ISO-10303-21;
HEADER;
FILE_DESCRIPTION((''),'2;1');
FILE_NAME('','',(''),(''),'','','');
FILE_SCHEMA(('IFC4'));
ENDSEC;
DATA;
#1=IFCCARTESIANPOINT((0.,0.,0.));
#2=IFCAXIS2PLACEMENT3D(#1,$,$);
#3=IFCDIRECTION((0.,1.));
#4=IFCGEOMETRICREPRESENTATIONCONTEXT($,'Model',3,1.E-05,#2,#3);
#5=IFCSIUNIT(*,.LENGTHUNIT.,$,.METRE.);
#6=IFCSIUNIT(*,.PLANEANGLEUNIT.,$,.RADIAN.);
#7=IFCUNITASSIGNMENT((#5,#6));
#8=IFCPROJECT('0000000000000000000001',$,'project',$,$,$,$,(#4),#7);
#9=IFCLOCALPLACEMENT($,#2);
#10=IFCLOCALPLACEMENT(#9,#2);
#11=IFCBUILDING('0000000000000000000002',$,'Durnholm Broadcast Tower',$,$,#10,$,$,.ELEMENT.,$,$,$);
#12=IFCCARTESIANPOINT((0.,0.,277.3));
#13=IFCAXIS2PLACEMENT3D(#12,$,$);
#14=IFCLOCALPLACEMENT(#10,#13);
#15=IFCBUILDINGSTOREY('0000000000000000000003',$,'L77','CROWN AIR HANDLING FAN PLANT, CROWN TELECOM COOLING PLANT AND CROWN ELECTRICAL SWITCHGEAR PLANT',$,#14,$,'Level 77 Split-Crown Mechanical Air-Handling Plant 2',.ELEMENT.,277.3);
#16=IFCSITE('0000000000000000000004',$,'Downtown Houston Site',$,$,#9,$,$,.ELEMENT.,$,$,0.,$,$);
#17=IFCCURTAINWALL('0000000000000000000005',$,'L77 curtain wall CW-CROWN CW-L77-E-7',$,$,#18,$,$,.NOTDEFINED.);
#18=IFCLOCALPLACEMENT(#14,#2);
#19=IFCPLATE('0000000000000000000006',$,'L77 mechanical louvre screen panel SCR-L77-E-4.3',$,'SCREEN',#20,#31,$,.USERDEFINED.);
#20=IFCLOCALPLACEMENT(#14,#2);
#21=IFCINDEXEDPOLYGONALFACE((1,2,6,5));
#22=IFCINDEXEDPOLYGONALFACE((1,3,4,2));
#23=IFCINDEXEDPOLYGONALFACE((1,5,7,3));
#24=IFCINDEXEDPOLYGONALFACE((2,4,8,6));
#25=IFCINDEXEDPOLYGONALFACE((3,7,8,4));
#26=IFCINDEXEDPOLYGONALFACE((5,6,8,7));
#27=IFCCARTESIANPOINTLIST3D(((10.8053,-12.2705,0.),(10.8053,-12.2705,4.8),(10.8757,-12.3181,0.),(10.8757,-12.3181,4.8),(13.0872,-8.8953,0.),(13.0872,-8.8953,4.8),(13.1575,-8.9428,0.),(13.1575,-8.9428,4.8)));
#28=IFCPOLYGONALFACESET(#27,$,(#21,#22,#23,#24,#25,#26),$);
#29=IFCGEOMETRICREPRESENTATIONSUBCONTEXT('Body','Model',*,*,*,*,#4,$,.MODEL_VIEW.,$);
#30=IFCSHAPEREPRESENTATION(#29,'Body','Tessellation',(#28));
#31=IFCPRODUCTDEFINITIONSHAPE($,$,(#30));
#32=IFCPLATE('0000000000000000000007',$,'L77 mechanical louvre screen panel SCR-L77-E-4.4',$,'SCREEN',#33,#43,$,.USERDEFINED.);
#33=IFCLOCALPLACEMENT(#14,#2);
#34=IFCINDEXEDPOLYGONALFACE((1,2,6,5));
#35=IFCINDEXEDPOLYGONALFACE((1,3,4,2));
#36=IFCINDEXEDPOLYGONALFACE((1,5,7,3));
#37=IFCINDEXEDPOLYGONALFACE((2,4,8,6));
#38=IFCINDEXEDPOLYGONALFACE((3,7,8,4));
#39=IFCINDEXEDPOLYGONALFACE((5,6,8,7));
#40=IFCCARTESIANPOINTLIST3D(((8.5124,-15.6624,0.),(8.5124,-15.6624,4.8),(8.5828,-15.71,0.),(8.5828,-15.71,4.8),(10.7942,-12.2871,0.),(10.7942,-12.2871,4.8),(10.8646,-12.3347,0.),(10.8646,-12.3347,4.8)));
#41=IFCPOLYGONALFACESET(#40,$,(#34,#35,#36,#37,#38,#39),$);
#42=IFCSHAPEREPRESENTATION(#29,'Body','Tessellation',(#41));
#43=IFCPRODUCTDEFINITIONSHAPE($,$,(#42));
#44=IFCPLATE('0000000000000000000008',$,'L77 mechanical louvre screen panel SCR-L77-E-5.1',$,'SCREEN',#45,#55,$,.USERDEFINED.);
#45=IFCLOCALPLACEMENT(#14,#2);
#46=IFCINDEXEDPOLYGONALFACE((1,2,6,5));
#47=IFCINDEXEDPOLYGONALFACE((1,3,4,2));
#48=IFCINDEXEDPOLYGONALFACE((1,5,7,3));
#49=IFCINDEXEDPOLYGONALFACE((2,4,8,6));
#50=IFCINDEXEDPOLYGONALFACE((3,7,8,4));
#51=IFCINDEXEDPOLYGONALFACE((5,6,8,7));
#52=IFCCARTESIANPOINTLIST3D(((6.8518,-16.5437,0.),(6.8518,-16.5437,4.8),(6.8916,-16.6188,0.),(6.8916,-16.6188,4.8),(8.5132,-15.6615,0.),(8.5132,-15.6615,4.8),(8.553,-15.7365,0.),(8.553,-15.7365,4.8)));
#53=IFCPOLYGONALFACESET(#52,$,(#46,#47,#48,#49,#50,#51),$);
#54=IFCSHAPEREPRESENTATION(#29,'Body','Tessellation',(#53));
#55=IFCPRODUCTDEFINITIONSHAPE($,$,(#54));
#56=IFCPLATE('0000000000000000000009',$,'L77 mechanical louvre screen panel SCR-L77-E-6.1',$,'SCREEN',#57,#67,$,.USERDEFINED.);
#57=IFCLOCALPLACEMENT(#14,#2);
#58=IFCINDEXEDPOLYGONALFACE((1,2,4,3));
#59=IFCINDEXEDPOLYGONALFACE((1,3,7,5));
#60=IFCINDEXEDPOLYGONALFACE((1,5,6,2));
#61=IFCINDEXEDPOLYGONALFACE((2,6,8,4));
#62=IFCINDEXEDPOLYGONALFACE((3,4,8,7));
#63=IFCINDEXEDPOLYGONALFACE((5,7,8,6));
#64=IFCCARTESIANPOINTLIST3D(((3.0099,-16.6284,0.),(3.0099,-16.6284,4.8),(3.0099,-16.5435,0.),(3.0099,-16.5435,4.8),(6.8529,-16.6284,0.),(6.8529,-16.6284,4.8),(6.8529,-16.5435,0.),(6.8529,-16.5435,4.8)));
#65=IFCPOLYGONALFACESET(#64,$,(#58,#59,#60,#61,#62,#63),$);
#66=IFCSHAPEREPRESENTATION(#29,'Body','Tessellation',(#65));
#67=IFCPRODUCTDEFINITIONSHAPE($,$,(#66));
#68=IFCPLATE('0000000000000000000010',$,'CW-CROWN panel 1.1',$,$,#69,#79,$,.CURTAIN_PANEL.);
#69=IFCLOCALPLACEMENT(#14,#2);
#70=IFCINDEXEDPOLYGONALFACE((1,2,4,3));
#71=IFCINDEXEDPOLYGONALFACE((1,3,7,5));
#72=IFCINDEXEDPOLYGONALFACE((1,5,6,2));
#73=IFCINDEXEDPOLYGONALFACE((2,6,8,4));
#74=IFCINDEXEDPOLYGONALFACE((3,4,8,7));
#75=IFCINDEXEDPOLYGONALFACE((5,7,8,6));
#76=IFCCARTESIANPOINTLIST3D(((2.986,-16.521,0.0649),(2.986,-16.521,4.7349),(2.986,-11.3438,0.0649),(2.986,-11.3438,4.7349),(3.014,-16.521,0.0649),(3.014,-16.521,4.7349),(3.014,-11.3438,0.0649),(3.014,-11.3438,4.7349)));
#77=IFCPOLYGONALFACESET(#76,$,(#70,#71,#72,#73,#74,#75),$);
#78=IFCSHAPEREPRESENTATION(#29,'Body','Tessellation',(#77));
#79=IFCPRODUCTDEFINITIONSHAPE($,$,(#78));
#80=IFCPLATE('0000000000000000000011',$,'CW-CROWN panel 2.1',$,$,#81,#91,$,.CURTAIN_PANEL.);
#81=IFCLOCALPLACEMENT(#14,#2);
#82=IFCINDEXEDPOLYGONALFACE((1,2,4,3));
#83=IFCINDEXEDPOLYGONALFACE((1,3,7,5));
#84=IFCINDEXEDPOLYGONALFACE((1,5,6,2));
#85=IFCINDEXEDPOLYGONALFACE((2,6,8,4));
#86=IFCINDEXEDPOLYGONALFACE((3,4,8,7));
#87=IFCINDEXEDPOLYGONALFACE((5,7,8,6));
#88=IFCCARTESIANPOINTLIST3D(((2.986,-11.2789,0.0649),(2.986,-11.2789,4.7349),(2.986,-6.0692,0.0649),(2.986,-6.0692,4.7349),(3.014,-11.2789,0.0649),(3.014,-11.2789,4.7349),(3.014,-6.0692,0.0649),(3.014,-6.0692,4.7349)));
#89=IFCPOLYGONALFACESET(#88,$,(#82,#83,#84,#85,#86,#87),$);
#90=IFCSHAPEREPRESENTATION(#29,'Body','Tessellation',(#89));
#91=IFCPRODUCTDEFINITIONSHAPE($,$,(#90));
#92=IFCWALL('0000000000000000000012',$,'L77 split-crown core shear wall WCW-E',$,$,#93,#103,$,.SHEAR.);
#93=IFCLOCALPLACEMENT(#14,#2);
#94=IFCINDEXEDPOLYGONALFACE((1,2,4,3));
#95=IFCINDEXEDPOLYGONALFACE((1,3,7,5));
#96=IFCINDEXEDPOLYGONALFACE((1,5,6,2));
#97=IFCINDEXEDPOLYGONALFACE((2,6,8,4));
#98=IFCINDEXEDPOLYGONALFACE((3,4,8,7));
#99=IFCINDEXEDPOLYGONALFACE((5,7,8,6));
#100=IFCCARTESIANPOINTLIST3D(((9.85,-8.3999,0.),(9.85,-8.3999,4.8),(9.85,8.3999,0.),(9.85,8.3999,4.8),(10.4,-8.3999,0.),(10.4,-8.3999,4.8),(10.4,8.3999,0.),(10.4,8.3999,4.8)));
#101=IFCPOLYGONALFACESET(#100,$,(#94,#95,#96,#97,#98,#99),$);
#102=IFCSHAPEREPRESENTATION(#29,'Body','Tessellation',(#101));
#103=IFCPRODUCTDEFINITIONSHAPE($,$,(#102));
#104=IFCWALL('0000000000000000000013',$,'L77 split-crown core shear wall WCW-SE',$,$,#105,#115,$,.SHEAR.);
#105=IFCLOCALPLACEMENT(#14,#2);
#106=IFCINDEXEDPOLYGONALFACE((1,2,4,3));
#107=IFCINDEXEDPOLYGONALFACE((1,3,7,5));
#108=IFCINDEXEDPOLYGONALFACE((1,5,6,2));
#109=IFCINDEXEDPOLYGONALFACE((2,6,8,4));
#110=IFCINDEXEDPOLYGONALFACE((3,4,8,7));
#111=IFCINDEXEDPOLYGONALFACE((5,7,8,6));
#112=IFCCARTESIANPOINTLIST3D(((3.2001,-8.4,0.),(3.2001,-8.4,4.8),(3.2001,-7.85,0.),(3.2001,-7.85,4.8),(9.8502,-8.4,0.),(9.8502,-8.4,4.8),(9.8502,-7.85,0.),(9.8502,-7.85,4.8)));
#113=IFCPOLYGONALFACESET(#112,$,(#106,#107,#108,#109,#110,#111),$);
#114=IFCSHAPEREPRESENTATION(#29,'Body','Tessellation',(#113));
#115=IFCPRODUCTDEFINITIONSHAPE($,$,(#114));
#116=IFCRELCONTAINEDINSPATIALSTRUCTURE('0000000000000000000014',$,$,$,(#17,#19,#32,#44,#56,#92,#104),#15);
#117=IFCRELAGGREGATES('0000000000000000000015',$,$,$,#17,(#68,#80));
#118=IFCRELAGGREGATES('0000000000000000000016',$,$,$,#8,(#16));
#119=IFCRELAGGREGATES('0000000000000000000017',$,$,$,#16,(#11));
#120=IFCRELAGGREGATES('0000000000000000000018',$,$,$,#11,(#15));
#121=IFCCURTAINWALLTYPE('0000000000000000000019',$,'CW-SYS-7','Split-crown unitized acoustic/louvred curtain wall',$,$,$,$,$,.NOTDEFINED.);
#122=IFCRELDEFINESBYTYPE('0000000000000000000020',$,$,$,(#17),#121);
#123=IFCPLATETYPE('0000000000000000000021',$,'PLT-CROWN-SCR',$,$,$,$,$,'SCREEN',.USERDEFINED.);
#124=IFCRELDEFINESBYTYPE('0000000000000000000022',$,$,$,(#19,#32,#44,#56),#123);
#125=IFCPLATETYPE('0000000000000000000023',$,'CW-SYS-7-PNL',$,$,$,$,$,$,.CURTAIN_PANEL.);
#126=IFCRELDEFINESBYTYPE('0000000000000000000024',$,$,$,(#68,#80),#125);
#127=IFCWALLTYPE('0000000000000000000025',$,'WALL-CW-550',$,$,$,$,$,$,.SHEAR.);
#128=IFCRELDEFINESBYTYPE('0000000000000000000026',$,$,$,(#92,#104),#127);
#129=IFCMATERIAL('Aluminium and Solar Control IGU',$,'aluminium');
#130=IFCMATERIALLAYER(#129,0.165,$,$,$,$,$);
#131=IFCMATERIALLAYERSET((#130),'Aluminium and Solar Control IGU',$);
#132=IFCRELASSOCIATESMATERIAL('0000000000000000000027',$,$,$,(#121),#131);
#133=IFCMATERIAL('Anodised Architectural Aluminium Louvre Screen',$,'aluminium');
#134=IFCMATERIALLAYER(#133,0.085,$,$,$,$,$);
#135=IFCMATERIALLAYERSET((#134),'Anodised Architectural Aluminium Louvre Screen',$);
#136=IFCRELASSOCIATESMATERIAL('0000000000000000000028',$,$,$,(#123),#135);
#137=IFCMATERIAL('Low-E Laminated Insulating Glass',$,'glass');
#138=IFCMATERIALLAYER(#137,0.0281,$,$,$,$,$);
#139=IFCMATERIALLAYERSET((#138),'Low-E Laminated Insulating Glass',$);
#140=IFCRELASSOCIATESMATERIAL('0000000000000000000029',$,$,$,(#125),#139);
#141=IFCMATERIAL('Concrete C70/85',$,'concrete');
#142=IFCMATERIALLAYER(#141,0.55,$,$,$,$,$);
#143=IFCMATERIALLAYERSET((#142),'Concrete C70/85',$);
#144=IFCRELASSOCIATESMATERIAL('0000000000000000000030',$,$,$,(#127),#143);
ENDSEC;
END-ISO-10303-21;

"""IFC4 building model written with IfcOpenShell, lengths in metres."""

from ifc_helpers import new_model, si_unit, direction, frame, frame_2d, origin, origin_2d, place, context, subcontext, project, spatial, rectangle, extrude, source, transform, mapped, material, layer, layer_set, type_object, type_shapes, element, aggregate, save


model = new_model("IFC4")

# Units and contexts
model_context = context("Model", 3, precision=1e-05, world=origin(), true_north=direction((0.0, 1.0)))
body_context = subcontext(model_context, "Body", "Model", "MODEL_VIEW")
ifc_project = project(units=[si_unit("LENGTHUNIT", "METRE"), si_unit("PLANEANGLEUNIT", "RADIAN")], contexts=[model_context])

# Site, building, storey
site_placement = place(None, origin())
site = spatial("IfcSite", under=ifc_project, at=site_placement, Name="Downtown Houston Site", CompositionType="ELEMENT", RefElevation=0.0)
building_placement = place(site_placement, origin())
building = spatial("IfcBuilding", under=site, at=building_placement, Name="Durnholm Broadcast Tower", CompositionType="ELEMENT")
storey_placement = place(building_placement, frame((0.0, 0.0, 277.3)))
storey = spatial("IfcBuildingStorey", under=building, at=storey_placement, Name="L77", Description="CROWN AIR HANDLING FAN PLANT, CROWN TELECOM COOLING PLANT AND CROWN ELECTRICAL SWITCHGEAR PLANT", LongName="Level 77 Split-Crown Mechanical Air-Handling Plant 2", CompositionType="ELEMENT", Elevation=277.3)

# Curtain wall
ifc_material_1 = material(Name="Aluminium and Solar Control IGU", Category="aluminium")
ifc_layer_1 = layer(ifc_material_1, 0.165)
ifc_layer_set_1 = layer_set([ifc_layer_1], Name="Aluminium and Solar Control IGU")
curtain_wall_type = type_object("IfcCurtainWallType", Name="CW-SYS-7", Description="Split-crown unitized acoustic/louvred curtain wall", PredefinedType="NOTDEFINED", material=ifc_layer_set_1)
curtain_wall_placement = place(storey_placement, origin())
curtain_wall = element("IfcCurtainWall", 1, at=curtain_wall_placement, inside=storey, type_object=curtain_wall_type, Name="L77 curtain wall CW-CROWN CW-L77-E-7", PredefinedType="NOTDEFINED")

# Plates
ifc_material_2 = material(Name="Anodised Architectural Aluminium Louvre Screen", Category="aluminium")
ifc_layer_2 = layer(ifc_material_2, 0.085)
ifc_layer_set_2 = layer_set([ifc_layer_2], Name="Anodised Architectural Aluminium Louvre Screen")
plate_type_1 = type_object("IfcPlateType", Name="PLT-CROWN-SCR", ElementType="SCREEN", PredefinedType="USERDEFINED", material=ifc_layer_set_2)
shared_shape_1 = source(origin(), body_context, "Body", "SweptSolid", [
    extrude(rectangle(XDim=4.0742, YDim=0.085, at=origin_2d()), origin(), (0.0, 0.0, 1.0), 4.8),
])
for number, where, z_axis, x_axis, name in (
    (2, (11.9814, -10.6067, 0.0), (0.0, 0.0, 1.0), (-0.560061, -0.828452, 0.0), "L77 mechanical louvre screen panel SCR-L77-E-4.3"),
    (3, (9.6885, -13.9985, 0.0), (0.0, 0.0, 1.0), (-0.560061, -0.828452, 0.0), "L77 mechanical louvre screen panel SCR-L77-E-4.4"),
):
    element("IfcPlate", number, at=place(storey_placement, frame(where, z_axis=z_axis, x_axis=x_axis)), inside=storey, type_object=plate_type_1, Name=name, ObjectType="SCREEN", PredefinedType="USERDEFINED", context=body_context, shape_type="MappedRepresentation", body=[
        mapped(shared_shape_1, transform((0.0, 0.0, 0.0), x_axis=(1.0, 0.0, 0.0), y_axis=(0.0, 1.0, 0.0), z_axis=(0.0, 0.0, 1.0), scale=1.0)),
    ])
shared_shape_2 = source(origin(), body_context, "Body", "SweptSolid", [
    extrude(rectangle(XDim=1.8811, YDim=0.085, at=origin_2d()), origin(), (0.0, 0.0, 1.0), 4.8),
])
plate_1_placement = place(storey_placement, frame((7.7024, -16.1401, 0.0), z_axis=(0.0, 0.0, 1.0), x_axis=(-0.883193, -0.469009, 0.0)))
element("IfcPlate", 4, at=plate_1_placement, inside=storey, type_object=plate_type_1, Name="L77 mechanical louvre screen panel SCR-L77-E-5.1", ObjectType="SCREEN", PredefinedType="USERDEFINED", context=body_context, shape_type="MappedRepresentation", body=[
    mapped(shared_shape_2, transform((0.0, 0.0, 0.0), x_axis=(1.0, 0.0, 0.0), y_axis=(0.0, 1.0, 0.0), z_axis=(0.0, 0.0, 1.0), scale=1.0)),
])
shared_shape_3 = source(origin(), body_context, "Body", "SweptSolid", [
    extrude(rectangle(XDim=3.843, YDim=0.085, at=origin_2d()), origin(), (0.0, 0.0, 1.0), 4.8),
])
type_shapes(plate_type_1, [shared_shape_1, shared_shape_2, shared_shape_3])
plate_2_placement = place(storey_placement, frame((4.9314, -16.5859, 0.0), z_axis=(0.0, 0.0, 1.0), x_axis=(-1.0, 0.0, 0.0)))
element("IfcPlate", 5, at=plate_2_placement, inside=storey, type_object=plate_type_1, Name="L77 mechanical louvre screen panel SCR-L77-E-6.1", ObjectType="SCREEN", PredefinedType="USERDEFINED", context=body_context, shape_type="MappedRepresentation", body=[
    mapped(shared_shape_3, transform((0.0, 0.0, 0.0), x_axis=(1.0, 0.0, 0.0), y_axis=(0.0, 1.0, 0.0), z_axis=(0.0, 0.0, 1.0), scale=1.0)),
])

# Plates
ifc_material_3 = material(Name="Low-E Laminated Insulating Glass", Category="glass")
ifc_layer_3 = layer(ifc_material_3, 0.0281)
ifc_layer_set_3 = layer_set([ifc_layer_3], Name="Low-E Laminated Insulating Glass")
plate_type_2 = type_object("IfcPlateType", Name="CW-SYS-7-PNL", PredefinedType="CURTAIN_PANEL", material=ifc_layer_set_3)
shared_shape_4 = source(origin(), body_context, "Body", "SweptSolid", [
    extrude(rectangle(XDim=5.1772, YDim=0.0281, at=origin_2d()), origin(), (0.0, 0.0, 1.0), 4.6699),
])
plate_3_placement = place(storey_placement, frame((3.0, -13.9324, 0.0649), z_axis=(0.0, 0.0, 1.0), x_axis=(0.0, 1.0, 0.0)))
plate_3 = element("IfcPlate", 6, at=plate_3_placement, type_object=plate_type_2, Name="CW-CROWN panel 1.1", PredefinedType="CURTAIN_PANEL", context=body_context, shape_type="MappedRepresentation", body=[
    mapped(shared_shape_4, transform((0.0, 0.0, 0.0), x_axis=(1.0, 0.0, 0.0), y_axis=(0.0, 1.0, 0.0), z_axis=(0.0, 0.0, 1.0), scale=1.0)),
])
shared_shape_5 = source(origin(), body_context, "Body", "SweptSolid", [
    extrude(rectangle(XDim=5.2097, YDim=0.0281, at=origin_2d()), origin(), (0.0, 0.0, 1.0), 4.6699),
])
type_shapes(plate_type_2, [shared_shape_4, shared_shape_5])
plate_4_placement = place(storey_placement, frame((3.0, -8.6741, 0.0649), z_axis=(0.0, 0.0, 1.0), x_axis=(0.0, 1.0, 0.0)))
plate_4 = element("IfcPlate", 7, at=plate_4_placement, type_object=plate_type_2, Name="CW-CROWN panel 2.1", PredefinedType="CURTAIN_PANEL", context=body_context, shape_type="MappedRepresentation", body=[
    mapped(shared_shape_5, transform((0.0, 0.0, 0.0), x_axis=(1.0, 0.0, 0.0), y_axis=(0.0, 1.0, 0.0), z_axis=(0.0, 0.0, 1.0), scale=1.0)),
])
aggregate(curtain_wall, [plate_3, plate_4])

# Walls
ifc_material_4 = material(Name="Concrete C70/85", Category="concrete")
ifc_layer_4 = layer(ifc_material_4, 0.55)
ifc_layer_set_4 = layer_set([ifc_layer_4], Name="Concrete C70/85")
wall_type = type_object("IfcWallType", Name="WALL-CW-550", PredefinedType="SHEAR", material=ifc_layer_set_4)
wall_1_placement = place(storey_placement, frame((10.125, -8.3999, 0.0), z_axis=(0.0, 0.0, 1.0), x_axis=(0.0, 1.0, 0.0)))
element("IfcWall", 8, at=wall_1_placement, inside=storey, type_object=wall_type, Name="L77 split-crown core shear wall WCW-E", PredefinedType="SHEAR", context=body_context, shape_type="SweptSolid", body=[
    extrude(rectangle(XDim=16.7998, YDim=0.55, at=frame_2d((8.3999, 0.0))), origin(), (0.0, 0.0, 1.0), 4.8),
])
wall_2_placement = place(storey_placement, frame((3.2, -8.125, 0.0), z_axis=(0.0, 0.0, 1.0), x_axis=(1.0, 0.0, 0.0)))
element("IfcWall", 9, at=wall_2_placement, inside=storey, type_object=wall_type, Name="L77 split-crown core shear wall WCW-SE", PredefinedType="SHEAR", context=body_context, shape_type="SweptSolid", body=[
    extrude(rectangle(XDim=6.6501, YDim=0.55, at=frame_2d((3.3252, 0.0))), origin(), (0.0, 0.0, 1.0), 4.8),
])

save(model, "model.ifc")
